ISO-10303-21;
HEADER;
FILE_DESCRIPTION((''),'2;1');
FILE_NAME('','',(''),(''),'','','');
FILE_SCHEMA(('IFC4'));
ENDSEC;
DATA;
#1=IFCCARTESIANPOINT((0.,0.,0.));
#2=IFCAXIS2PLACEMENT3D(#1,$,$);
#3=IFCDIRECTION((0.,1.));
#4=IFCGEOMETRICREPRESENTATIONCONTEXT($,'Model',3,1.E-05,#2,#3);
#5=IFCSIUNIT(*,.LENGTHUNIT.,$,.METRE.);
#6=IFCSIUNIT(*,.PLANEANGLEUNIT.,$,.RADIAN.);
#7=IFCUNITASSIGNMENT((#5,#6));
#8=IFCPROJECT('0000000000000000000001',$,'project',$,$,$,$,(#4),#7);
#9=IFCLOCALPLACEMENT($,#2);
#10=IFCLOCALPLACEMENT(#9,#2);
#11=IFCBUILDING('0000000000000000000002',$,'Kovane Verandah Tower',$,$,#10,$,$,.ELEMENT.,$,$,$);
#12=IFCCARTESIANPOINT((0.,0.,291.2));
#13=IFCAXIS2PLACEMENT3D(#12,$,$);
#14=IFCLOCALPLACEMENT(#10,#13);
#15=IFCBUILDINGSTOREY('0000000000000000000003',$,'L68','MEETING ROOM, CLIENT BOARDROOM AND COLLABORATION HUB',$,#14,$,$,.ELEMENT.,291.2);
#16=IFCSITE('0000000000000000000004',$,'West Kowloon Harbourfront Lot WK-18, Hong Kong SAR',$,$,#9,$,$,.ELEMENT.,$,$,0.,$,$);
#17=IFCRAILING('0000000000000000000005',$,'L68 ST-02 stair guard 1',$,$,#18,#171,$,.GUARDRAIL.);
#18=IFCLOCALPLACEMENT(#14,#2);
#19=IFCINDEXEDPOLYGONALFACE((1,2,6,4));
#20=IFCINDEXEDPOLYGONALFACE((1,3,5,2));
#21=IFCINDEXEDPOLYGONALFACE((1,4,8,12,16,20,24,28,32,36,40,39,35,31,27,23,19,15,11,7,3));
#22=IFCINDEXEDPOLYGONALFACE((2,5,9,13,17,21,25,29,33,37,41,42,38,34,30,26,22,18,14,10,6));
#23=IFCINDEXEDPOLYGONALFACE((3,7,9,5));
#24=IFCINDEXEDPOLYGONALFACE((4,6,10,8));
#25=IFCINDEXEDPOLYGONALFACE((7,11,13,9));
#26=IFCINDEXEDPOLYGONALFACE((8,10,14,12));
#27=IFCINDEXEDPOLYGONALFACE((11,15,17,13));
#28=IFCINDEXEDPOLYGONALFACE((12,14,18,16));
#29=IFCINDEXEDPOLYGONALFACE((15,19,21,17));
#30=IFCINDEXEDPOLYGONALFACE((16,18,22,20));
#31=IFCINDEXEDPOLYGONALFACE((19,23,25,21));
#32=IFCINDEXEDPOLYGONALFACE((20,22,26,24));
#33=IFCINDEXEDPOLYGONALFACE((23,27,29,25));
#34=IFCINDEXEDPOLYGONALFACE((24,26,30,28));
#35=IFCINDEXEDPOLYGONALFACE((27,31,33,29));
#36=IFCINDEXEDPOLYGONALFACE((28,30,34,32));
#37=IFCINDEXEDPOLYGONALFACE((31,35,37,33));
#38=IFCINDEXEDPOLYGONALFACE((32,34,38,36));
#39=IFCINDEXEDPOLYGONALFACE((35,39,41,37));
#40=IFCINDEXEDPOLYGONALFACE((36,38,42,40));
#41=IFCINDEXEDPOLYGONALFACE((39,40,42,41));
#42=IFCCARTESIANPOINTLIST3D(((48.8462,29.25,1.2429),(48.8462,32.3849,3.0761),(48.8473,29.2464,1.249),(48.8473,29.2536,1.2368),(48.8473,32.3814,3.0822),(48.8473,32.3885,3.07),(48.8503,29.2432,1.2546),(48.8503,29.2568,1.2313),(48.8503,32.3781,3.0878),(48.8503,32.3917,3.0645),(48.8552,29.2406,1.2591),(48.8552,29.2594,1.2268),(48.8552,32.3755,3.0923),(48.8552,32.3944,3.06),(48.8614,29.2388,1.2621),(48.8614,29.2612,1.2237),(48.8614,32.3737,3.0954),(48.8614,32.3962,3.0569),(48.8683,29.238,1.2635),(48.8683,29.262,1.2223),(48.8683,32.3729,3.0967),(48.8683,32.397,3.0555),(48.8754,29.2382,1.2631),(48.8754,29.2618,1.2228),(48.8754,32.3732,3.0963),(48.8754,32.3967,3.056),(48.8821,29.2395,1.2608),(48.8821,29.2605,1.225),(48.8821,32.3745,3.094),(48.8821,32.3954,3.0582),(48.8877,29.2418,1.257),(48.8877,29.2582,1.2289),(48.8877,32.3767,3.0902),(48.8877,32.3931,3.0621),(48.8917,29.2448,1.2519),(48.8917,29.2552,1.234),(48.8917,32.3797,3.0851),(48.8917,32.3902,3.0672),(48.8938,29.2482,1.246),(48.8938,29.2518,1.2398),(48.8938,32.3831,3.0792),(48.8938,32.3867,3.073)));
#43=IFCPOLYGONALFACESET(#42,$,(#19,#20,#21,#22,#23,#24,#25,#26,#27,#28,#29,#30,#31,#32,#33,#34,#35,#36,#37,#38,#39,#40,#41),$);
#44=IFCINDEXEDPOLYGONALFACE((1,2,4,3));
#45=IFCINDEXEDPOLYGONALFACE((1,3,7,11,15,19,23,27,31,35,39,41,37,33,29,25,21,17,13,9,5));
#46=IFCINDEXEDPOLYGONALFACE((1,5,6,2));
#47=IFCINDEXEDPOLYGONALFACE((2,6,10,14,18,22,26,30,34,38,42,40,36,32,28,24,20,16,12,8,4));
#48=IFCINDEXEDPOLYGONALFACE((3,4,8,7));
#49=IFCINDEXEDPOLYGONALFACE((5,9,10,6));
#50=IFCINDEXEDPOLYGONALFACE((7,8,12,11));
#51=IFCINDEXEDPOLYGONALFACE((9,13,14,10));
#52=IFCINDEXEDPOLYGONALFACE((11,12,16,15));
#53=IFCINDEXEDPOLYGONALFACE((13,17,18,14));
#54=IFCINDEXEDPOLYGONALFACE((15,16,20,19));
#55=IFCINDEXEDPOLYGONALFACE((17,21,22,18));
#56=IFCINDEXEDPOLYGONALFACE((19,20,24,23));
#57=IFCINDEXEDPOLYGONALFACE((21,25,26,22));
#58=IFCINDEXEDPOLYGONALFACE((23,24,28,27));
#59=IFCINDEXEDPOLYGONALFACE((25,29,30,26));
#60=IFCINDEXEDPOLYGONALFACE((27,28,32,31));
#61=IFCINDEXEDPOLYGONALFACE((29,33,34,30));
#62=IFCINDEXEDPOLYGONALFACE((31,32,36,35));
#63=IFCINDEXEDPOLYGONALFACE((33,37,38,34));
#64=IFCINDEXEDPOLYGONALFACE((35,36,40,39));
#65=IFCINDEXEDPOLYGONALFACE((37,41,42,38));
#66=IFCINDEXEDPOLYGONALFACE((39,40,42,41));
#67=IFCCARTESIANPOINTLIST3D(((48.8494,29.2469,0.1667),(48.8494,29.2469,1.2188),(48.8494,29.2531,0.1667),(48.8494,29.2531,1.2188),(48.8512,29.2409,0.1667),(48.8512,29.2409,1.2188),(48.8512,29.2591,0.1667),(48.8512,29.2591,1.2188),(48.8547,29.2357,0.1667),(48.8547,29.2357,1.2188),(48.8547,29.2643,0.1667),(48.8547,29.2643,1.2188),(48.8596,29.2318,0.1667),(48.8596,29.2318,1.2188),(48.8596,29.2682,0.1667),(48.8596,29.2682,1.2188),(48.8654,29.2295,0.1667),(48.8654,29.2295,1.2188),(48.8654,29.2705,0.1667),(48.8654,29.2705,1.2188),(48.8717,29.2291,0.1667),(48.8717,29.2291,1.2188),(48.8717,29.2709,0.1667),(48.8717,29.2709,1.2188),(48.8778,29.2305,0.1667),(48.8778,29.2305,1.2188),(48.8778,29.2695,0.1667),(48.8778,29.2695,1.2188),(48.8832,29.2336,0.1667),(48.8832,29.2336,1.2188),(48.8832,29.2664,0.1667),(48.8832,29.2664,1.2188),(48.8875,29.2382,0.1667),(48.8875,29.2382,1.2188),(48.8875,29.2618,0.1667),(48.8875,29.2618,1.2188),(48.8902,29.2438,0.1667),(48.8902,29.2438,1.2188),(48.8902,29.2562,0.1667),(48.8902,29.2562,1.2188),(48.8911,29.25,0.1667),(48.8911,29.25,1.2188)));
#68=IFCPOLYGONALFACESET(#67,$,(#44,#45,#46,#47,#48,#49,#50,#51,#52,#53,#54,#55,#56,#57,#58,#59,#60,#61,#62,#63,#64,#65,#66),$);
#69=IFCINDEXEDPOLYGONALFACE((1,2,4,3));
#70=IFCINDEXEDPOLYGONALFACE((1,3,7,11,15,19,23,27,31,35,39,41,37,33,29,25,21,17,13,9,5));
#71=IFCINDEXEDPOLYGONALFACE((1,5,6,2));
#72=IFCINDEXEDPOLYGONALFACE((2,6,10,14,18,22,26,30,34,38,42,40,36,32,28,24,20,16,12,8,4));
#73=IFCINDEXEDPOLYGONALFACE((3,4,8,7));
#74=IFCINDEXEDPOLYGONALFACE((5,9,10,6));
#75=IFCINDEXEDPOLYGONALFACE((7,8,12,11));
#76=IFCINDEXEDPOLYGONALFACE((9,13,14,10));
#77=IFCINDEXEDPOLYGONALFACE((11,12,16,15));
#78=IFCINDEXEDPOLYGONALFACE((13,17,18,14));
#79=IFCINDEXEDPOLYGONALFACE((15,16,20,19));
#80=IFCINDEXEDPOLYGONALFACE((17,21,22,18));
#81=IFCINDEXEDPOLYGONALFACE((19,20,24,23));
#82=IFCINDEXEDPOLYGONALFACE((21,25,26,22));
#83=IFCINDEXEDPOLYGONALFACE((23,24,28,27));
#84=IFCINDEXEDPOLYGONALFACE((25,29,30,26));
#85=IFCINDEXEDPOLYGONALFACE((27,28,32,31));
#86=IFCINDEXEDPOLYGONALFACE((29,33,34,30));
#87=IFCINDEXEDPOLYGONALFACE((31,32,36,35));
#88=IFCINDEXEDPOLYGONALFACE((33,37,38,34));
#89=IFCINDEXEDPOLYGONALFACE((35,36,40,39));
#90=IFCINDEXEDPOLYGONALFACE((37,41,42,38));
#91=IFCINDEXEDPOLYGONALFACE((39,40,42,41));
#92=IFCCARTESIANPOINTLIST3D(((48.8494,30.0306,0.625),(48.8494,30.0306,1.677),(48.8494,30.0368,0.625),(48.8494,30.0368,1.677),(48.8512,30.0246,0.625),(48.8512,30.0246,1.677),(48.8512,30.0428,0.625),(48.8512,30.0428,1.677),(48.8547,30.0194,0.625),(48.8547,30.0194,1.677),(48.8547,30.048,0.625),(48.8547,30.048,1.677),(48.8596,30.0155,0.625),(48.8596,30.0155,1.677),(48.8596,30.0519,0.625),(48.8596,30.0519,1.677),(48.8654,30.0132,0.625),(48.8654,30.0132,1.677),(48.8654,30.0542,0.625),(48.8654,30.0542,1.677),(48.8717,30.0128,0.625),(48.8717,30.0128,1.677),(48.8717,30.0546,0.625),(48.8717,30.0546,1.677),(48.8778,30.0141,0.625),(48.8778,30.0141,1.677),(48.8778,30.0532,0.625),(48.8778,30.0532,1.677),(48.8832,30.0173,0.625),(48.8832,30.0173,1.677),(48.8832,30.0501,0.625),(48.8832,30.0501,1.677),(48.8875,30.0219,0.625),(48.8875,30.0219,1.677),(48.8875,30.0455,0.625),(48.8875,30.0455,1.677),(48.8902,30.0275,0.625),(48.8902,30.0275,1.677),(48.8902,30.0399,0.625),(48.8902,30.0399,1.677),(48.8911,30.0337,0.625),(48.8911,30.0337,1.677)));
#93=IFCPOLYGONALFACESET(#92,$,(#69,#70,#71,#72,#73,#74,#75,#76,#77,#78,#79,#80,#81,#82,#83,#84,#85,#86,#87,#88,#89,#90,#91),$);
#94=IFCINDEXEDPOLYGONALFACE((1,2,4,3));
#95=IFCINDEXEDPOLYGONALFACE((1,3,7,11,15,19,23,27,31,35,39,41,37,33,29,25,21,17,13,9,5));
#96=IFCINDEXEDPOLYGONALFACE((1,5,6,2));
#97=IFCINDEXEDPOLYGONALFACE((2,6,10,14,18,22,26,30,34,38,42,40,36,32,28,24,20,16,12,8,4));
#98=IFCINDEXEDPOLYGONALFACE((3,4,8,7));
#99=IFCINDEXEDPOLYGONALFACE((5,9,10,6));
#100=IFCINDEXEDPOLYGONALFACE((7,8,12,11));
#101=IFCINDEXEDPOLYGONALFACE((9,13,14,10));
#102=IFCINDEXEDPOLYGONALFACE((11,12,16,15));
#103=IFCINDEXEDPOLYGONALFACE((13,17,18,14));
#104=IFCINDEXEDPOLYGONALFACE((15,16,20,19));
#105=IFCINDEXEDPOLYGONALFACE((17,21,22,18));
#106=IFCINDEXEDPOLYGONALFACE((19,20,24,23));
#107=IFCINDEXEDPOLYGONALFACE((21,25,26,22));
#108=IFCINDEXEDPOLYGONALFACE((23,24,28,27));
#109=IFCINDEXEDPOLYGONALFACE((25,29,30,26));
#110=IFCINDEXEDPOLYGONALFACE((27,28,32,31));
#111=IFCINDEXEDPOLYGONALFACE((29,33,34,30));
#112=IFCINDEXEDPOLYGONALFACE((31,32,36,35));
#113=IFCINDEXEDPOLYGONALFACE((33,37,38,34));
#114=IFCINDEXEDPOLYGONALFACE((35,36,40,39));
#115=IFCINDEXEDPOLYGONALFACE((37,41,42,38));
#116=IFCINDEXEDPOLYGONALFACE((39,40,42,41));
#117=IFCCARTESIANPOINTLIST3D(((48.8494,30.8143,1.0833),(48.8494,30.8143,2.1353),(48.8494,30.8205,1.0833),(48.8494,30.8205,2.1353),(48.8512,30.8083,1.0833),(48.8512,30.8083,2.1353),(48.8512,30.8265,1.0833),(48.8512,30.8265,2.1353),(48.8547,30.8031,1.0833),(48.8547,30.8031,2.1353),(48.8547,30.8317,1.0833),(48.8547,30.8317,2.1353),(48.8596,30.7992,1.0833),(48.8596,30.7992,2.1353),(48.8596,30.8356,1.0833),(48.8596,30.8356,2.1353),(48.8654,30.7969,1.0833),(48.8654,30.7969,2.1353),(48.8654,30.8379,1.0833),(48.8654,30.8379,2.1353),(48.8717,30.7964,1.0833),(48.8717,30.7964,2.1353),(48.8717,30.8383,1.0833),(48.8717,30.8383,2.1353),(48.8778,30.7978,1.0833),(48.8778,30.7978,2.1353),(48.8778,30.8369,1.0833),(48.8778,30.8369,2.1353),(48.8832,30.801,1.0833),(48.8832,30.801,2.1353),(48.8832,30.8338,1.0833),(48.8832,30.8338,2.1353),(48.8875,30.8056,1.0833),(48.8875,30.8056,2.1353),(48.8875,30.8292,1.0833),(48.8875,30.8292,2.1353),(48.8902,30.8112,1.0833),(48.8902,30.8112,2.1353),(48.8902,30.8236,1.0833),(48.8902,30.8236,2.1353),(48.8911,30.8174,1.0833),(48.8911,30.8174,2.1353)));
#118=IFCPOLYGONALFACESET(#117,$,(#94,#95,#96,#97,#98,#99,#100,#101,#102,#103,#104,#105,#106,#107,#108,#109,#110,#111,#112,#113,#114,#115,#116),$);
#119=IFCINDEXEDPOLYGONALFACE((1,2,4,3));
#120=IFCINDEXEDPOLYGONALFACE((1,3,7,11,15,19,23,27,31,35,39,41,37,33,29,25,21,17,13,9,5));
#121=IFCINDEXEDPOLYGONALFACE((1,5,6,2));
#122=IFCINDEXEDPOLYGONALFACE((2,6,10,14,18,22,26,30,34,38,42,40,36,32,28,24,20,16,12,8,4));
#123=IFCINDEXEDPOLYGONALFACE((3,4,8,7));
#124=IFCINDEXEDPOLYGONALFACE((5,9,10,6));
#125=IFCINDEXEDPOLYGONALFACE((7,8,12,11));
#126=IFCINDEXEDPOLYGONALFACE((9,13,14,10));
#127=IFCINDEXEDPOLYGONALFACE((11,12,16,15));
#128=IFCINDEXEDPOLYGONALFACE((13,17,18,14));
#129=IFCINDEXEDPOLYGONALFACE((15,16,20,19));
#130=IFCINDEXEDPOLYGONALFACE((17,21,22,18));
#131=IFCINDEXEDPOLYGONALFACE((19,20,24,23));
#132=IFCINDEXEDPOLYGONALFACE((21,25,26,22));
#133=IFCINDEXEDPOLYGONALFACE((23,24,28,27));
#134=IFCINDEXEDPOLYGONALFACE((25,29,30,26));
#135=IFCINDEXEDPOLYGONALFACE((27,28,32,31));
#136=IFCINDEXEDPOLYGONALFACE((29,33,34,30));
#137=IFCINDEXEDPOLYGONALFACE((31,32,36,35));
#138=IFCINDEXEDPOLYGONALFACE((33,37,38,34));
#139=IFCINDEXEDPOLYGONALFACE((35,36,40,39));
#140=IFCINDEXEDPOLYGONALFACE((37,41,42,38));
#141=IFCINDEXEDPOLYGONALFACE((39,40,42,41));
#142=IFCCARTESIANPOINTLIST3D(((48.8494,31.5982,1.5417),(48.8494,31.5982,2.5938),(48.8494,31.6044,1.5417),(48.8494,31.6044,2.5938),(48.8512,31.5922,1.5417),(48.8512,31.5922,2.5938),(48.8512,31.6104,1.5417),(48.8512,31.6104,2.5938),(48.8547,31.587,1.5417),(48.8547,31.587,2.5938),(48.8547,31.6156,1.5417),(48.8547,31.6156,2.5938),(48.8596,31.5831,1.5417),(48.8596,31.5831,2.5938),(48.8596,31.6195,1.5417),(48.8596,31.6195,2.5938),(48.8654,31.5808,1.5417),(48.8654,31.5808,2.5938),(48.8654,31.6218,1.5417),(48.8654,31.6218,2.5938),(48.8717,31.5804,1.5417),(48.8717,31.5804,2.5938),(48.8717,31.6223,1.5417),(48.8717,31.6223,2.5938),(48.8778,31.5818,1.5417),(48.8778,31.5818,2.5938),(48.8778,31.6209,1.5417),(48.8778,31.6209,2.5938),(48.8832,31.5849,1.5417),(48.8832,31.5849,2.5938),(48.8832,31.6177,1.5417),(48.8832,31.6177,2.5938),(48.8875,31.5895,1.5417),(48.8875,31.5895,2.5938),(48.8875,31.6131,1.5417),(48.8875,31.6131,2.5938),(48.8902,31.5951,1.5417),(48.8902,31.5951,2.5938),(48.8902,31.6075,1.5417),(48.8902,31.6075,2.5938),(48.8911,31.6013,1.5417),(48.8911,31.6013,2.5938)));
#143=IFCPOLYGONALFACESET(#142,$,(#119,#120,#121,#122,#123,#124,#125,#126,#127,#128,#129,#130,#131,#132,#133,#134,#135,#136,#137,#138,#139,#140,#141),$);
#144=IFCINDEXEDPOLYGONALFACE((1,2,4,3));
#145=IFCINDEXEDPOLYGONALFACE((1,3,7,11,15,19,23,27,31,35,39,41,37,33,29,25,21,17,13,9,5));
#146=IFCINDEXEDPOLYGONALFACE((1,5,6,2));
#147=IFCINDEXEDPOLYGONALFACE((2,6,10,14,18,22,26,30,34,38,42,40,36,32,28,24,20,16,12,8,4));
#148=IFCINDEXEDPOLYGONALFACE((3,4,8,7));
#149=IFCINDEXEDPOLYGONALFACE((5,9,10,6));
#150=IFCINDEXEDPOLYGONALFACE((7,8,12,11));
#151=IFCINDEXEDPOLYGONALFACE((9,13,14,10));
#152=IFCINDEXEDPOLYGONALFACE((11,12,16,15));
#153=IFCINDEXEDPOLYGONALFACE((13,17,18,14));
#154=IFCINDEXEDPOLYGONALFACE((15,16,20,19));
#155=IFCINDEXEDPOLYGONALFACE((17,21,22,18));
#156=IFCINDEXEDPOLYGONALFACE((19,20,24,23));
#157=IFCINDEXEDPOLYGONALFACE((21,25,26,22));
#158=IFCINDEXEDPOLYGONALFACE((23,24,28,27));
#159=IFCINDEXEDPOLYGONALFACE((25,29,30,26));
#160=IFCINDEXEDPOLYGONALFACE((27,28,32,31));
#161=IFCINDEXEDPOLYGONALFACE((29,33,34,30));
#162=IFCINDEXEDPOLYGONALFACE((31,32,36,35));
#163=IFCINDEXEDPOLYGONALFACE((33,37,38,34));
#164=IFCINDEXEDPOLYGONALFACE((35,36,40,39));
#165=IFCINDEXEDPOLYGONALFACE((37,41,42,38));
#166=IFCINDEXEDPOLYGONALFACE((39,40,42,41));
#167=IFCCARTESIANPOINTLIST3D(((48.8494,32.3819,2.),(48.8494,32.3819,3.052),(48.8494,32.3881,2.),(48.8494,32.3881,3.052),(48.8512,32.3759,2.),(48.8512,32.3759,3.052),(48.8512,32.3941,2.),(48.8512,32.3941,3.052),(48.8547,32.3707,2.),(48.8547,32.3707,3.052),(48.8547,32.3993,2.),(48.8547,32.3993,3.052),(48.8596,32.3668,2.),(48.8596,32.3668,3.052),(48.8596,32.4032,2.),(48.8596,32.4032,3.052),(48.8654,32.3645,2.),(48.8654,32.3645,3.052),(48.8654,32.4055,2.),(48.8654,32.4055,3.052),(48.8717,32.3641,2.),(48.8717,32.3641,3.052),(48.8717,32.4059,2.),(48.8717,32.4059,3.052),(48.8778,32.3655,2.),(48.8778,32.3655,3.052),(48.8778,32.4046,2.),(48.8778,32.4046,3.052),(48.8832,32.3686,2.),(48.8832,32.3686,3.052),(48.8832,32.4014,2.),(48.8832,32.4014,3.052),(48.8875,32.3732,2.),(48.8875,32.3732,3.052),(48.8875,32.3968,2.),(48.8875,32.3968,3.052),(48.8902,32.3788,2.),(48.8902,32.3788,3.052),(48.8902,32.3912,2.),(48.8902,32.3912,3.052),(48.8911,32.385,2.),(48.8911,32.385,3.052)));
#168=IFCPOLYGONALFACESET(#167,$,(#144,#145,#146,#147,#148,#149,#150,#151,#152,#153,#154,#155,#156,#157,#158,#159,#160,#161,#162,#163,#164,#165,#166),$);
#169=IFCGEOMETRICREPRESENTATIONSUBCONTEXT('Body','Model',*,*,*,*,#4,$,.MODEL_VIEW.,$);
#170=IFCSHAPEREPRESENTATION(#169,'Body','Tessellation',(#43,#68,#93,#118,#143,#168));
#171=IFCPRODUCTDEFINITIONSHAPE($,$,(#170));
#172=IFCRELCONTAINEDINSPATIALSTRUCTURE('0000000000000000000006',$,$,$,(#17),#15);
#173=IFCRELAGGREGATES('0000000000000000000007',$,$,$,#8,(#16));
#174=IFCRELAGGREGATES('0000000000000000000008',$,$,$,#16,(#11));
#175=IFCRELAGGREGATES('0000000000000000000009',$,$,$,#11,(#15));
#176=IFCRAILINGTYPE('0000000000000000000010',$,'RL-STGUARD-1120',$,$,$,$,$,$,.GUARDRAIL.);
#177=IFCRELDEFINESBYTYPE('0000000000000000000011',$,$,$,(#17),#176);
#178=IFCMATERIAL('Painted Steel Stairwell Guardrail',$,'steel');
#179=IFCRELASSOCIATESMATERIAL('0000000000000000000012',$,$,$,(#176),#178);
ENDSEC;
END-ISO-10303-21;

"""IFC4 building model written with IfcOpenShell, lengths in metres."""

from ifc_helpers import new_model, si_unit, direction, frame, origin, origin_2d, place, context, subcontext, project, spatial, circle, extrude, material, type_object, element, save


model = new_model("IFC4")

# Units and contexts
model_context = context("Model", 3, precision=1e-05, world=origin(), true_north=direction((0.0, 1.0)))
body_context = subcontext(model_context, "Body", "Model", "MODEL_VIEW")
ifc_project = project(units=[si_unit("LENGTHUNIT", "METRE"), si_unit("PLANEANGLEUNIT", "RADIAN")], contexts=[model_context])

# Site, building, storey
site_placement = place(None, origin())
site = spatial("IfcSite", under=ifc_project, at=site_placement, Name="West Kowloon Harbourfront Lot WK-18, Hong Kong SAR", CompositionType="ELEMENT", RefElevation=0.0)
building_placement = place(site_placement, origin())
building = spatial("IfcBuilding", under=site, at=building_placement, Name="Kovane Verandah Tower", CompositionType="ELEMENT")
storey_placement = place(building_placement, frame((0.0, 0.0, 291.2)))
storey = spatial("IfcBuildingStorey", under=building, at=storey_placement, Name="L68", Description="MEETING ROOM, CLIENT BOARDROOM AND COLLABORATION HUB", CompositionType="ELEMENT", Elevation=291.2)

# Railing
ifc_material_1 = material(Name="Painted Steel Stairwell Guardrail", Category="steel")
railing_type_1 = type_object("IfcRailingType", Name="RL-STGUARD-1120", PredefinedType="GUARDRAIL", material=ifc_material_1)
railing_1_placement = place(storey_placement, frame((48.8701, 29.25, 0.1667)))
element("IfcRailing", 1, at=railing_1_placement, inside=storey, type_object=railing_type_1, Name="L68 ST-02 stair guard 1", PredefinedType="GUARDRAIL", context=body_context, shape_type="SweptSolid", body=[
    extrude(circle(Radius=0.0239, at=origin_2d()), frame((0.0, 0.0, 1.0762), z_axis=(0.0, 0.86324, 0.504794), x_axis=(-1.0, 0.0, 0.0)), (0.0, 0.0, 1.0), 3.6316),
    extrude(circle(Radius=0.021, at=origin_2d()), origin(), (0.0, 0.0, 1.0), 1.052),
    extrude(circle(Radius=0.021, at=origin_2d()), frame((0.0, 0.7837, 0.4583)), (0.0, 0.0, 1.0), 1.052),
    extrude(circle(Radius=0.021, at=origin_2d()), frame((0.0, 1.5674, 0.9165)), (0.0, 0.0, 1.0), 1.052),
    extrude(circle(Radius=0.021, at=origin_2d()), frame((0.0, 2.3513, 1.375)), (0.0, 0.0, 1.0), 1.052),
    extrude(circle(Radius=0.021, at=origin_2d()), frame((0.0, 3.135, 1.8333)), (0.0, 0.0, 1.0), 1.052),
])

save(model, "model.ifc")
